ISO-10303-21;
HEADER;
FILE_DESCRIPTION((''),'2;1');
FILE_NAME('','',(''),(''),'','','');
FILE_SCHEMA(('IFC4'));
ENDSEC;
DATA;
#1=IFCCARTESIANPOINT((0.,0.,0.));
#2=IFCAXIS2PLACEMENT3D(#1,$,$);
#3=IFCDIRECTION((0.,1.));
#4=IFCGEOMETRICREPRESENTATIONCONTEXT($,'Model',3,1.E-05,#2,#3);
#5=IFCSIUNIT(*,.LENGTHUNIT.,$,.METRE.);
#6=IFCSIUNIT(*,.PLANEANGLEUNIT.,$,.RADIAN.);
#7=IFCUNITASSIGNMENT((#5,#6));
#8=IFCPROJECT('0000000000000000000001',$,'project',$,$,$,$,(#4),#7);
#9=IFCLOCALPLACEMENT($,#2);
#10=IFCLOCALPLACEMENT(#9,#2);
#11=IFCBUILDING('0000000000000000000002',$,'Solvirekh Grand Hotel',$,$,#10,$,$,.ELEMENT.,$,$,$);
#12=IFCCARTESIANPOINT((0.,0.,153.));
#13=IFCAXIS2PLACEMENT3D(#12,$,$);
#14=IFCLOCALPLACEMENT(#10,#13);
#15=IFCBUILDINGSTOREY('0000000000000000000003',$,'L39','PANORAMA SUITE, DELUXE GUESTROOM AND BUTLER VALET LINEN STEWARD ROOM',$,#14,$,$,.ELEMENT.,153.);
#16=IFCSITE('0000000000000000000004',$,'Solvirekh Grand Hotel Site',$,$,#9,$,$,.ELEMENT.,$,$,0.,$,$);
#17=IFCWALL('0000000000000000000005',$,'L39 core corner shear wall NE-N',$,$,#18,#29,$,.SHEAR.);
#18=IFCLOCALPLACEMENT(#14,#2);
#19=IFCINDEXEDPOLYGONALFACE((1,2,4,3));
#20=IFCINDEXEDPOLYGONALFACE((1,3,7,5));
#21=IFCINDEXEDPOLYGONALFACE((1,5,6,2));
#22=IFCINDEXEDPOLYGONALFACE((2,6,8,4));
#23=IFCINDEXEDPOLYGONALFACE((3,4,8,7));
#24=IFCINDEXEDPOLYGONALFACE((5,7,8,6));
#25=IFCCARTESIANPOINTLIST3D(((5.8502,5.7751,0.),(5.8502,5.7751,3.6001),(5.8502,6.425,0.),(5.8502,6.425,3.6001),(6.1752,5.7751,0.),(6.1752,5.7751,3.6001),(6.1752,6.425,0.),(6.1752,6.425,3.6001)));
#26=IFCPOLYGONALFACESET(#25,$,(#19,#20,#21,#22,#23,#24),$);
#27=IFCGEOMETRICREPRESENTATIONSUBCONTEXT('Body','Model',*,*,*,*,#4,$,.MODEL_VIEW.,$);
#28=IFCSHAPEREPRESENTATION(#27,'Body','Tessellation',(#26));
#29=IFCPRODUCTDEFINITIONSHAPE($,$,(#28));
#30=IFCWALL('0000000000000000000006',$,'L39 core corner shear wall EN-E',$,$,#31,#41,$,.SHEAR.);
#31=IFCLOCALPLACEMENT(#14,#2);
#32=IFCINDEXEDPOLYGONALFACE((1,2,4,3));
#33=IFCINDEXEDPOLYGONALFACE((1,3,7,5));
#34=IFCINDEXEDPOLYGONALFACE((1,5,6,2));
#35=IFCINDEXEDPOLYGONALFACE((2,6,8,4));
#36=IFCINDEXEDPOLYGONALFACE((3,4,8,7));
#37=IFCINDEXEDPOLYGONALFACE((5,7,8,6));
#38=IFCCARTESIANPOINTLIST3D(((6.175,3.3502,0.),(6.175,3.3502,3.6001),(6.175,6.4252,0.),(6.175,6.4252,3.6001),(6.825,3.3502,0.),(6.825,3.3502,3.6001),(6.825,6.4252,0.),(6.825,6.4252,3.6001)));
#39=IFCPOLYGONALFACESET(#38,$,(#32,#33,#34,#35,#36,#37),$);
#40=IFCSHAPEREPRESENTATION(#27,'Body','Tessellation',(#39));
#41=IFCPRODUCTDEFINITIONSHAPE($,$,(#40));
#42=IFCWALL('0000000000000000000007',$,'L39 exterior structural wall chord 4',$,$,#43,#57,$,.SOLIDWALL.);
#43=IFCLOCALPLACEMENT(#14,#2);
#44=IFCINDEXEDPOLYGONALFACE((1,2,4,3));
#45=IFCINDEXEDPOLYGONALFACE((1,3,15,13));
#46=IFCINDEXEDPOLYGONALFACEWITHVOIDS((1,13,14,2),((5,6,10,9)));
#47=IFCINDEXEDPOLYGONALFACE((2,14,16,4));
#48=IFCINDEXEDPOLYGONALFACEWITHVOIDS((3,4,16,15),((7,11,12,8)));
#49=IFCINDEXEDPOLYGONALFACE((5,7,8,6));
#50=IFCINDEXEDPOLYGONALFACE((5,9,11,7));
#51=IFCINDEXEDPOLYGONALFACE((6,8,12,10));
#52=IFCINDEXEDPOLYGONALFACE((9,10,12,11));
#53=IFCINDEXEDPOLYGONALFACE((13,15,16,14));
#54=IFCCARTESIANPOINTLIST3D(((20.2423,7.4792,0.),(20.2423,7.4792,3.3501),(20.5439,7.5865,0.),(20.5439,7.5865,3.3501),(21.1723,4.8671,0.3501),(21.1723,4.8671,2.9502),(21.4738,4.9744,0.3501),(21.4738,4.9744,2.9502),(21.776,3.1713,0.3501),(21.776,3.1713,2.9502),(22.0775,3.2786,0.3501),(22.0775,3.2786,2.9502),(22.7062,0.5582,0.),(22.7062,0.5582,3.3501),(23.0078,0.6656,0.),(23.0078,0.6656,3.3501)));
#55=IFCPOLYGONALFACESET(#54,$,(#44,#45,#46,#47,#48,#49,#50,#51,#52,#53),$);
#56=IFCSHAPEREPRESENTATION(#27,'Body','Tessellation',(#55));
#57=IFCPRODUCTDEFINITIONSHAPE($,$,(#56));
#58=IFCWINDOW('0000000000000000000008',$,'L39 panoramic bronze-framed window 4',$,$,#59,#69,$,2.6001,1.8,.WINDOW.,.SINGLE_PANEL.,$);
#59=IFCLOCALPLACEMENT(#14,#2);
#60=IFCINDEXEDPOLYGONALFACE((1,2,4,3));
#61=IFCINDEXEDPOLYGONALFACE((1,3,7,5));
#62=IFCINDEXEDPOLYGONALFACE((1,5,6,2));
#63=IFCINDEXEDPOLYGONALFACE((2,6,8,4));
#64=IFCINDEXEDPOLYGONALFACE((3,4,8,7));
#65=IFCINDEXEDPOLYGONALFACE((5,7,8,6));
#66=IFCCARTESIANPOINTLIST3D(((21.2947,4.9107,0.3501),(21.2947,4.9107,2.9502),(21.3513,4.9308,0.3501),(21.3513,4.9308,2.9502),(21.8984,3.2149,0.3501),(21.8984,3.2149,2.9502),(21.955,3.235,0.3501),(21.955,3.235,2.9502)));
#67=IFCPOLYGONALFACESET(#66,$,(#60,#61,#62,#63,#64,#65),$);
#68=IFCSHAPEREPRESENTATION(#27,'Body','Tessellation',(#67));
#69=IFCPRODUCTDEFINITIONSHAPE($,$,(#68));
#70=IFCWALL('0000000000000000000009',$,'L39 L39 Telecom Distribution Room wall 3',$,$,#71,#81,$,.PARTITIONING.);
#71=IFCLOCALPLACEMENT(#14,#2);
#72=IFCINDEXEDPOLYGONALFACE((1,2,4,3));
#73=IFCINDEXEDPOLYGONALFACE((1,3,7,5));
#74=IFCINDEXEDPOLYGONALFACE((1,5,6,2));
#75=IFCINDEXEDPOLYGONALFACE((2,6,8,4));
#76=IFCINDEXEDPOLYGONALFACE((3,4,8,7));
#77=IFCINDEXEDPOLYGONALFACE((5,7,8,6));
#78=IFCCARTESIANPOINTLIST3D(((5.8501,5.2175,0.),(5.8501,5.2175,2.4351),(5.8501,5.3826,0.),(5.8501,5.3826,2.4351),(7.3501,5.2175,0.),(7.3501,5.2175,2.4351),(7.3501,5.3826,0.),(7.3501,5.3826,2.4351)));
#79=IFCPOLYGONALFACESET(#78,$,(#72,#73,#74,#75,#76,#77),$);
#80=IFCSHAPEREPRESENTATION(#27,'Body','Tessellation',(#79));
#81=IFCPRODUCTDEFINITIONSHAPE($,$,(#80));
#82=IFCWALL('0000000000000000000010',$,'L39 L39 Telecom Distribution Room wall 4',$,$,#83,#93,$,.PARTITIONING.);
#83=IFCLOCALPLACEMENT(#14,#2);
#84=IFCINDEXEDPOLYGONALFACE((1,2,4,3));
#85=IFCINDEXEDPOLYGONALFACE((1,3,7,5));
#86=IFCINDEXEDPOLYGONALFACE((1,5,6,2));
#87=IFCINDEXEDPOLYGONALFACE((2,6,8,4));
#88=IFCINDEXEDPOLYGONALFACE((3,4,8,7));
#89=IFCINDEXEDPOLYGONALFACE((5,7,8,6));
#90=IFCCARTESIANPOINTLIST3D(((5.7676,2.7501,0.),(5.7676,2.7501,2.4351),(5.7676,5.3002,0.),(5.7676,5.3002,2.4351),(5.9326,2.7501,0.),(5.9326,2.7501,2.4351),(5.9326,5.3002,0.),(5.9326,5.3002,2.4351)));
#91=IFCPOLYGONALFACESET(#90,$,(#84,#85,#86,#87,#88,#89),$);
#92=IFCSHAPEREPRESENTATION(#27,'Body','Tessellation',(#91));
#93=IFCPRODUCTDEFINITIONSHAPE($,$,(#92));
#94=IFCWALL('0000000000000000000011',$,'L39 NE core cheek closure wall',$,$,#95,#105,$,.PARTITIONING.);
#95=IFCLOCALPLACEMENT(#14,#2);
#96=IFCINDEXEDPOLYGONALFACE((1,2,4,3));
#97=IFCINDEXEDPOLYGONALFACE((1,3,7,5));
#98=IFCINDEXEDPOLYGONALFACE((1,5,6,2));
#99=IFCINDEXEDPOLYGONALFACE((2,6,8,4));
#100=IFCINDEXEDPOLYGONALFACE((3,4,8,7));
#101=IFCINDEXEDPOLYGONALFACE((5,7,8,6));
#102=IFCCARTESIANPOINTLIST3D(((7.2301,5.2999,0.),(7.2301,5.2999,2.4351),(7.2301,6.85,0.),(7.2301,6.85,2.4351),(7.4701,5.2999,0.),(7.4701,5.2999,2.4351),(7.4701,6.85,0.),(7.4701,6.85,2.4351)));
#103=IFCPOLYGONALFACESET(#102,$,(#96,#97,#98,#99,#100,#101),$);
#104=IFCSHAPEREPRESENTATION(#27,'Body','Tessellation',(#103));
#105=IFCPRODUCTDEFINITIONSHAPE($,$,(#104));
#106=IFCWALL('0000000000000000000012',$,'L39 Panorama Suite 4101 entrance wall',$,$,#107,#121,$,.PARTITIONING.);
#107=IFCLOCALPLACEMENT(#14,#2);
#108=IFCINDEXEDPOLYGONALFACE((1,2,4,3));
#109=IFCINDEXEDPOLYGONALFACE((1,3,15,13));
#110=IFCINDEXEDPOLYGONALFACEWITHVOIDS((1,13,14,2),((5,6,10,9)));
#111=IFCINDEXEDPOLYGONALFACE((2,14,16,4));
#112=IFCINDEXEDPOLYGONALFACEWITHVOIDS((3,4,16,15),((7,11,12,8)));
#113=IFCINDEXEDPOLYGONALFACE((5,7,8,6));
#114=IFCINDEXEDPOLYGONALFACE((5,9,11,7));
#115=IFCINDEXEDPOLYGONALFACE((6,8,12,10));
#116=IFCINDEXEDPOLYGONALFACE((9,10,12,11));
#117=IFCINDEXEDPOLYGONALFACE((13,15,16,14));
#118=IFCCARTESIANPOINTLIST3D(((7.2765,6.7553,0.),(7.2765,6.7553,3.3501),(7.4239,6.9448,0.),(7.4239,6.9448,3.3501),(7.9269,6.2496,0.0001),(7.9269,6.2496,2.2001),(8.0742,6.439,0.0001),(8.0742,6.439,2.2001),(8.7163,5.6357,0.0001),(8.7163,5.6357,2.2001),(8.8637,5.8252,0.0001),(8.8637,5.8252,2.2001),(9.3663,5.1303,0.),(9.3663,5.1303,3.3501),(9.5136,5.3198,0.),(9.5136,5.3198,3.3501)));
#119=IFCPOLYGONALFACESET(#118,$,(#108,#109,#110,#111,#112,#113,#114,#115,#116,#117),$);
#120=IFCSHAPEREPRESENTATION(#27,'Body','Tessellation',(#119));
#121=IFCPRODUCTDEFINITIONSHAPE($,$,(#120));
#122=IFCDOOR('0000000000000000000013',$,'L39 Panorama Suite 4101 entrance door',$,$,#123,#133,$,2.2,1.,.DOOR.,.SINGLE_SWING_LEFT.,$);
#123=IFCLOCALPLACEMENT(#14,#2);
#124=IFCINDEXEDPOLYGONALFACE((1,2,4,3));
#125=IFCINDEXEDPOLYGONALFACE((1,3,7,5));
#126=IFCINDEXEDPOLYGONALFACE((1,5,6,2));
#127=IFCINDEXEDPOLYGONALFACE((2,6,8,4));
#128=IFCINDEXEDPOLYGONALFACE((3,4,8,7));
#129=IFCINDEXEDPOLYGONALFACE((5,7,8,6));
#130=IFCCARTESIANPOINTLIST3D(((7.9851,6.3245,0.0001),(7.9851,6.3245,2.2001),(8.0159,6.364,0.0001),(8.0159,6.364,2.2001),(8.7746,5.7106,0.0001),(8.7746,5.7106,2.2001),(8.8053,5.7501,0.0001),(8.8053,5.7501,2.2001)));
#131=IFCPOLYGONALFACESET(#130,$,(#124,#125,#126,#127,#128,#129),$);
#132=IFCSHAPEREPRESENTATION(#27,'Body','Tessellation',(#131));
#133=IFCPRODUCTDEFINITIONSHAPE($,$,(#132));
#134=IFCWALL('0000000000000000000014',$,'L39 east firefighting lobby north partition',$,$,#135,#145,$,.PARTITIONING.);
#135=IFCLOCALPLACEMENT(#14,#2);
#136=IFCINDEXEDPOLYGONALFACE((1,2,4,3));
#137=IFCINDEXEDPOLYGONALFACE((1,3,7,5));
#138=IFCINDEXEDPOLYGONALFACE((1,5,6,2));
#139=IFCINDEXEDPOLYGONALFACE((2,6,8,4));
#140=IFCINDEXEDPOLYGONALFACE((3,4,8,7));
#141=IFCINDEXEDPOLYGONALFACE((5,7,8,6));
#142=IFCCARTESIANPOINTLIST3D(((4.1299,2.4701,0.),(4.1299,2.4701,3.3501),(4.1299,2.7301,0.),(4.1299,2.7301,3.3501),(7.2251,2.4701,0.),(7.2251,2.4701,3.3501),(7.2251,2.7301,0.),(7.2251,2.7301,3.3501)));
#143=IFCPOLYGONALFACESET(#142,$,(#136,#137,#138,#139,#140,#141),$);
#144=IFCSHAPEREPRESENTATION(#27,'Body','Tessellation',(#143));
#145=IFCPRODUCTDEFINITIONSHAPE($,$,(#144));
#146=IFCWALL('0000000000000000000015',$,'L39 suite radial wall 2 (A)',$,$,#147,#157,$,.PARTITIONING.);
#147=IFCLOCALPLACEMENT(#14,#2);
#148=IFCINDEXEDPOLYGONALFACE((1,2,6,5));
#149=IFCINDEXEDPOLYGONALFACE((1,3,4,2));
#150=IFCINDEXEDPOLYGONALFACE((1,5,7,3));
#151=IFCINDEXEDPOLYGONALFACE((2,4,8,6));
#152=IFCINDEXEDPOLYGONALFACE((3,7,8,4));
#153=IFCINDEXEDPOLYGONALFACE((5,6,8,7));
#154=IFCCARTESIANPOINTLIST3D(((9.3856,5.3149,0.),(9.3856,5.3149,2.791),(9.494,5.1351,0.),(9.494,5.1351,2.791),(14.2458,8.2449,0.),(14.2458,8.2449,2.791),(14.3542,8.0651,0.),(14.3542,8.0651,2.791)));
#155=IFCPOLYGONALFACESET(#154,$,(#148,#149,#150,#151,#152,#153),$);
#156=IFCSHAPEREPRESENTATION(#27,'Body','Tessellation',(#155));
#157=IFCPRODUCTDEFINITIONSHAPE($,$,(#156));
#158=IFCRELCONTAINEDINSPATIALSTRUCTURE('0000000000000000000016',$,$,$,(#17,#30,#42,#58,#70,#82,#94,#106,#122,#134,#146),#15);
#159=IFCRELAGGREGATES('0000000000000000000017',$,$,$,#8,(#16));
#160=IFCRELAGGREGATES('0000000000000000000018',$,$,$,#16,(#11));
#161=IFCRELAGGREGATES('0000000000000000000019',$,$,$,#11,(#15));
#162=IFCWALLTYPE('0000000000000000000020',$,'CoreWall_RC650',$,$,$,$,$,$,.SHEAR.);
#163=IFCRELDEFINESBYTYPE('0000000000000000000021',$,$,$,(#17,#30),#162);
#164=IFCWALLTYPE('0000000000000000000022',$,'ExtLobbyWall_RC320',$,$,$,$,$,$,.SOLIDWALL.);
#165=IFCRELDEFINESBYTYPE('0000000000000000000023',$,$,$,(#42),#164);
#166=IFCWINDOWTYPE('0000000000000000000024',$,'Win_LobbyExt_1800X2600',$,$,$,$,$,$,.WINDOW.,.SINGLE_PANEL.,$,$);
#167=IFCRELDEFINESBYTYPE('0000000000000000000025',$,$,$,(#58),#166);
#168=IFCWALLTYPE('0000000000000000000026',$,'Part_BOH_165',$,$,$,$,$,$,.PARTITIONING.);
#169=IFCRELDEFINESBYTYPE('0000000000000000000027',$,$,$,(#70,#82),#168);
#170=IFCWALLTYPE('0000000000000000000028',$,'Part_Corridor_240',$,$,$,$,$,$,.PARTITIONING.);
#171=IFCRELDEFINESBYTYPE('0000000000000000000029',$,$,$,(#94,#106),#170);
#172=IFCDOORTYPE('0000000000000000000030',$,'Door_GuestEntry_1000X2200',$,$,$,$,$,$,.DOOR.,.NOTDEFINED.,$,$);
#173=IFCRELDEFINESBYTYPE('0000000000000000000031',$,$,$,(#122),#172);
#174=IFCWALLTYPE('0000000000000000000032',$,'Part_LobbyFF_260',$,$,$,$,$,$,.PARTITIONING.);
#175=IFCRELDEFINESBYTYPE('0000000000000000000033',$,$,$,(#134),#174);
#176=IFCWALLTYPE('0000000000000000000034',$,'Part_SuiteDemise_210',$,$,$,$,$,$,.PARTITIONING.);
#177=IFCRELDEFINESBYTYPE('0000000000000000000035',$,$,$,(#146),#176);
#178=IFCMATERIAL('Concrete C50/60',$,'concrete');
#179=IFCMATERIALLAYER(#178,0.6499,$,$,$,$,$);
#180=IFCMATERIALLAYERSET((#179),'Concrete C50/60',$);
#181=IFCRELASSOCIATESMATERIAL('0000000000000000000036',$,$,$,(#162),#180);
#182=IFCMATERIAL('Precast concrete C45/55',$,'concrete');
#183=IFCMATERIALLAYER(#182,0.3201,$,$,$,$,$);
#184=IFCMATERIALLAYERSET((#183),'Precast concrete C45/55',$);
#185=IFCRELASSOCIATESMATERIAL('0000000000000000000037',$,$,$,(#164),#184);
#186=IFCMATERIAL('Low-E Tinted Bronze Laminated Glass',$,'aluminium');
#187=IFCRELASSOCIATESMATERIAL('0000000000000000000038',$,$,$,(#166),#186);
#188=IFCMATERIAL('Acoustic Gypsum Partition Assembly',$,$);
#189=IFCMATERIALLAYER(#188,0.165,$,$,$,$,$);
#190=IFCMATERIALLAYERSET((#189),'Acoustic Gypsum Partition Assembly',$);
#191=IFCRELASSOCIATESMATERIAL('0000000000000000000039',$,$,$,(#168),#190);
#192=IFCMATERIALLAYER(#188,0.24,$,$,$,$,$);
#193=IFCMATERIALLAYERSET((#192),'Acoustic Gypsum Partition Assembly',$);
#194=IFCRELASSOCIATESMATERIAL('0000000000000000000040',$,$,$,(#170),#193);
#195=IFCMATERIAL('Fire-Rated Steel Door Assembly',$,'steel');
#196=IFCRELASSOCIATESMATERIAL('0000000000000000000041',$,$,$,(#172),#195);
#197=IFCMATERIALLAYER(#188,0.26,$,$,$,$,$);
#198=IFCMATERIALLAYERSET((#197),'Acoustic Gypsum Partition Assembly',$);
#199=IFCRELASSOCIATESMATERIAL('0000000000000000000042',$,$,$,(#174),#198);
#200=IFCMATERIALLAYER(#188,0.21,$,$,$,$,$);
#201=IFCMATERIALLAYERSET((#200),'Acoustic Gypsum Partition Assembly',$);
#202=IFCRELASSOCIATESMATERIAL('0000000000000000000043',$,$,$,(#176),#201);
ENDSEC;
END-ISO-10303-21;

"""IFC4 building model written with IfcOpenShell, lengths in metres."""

from ifc_helpers import new_model, si_unit, direction, frame, frame_2d, origin, place, context, subcontext, project, spatial, rectangle, extrude, material, layer, layer_set, type_object, element, fill, save


model = new_model("IFC4")

# Units and contexts
model_context = context("Model", 3, precision=1e-05, world=origin(), true_north=direction((0.0, 1.0)))
body_context = subcontext(model_context, "Body", "Model", "MODEL_VIEW")
ifc_project = project(units=[si_unit("LENGTHUNIT", "METRE"), si_unit("PLANEANGLEUNIT", "RADIAN")], contexts=[model_context])

# Site, building, storey
site_placement = place(None, origin())
site = spatial("IfcSite", under=ifc_project, at=site_placement, Name="Solvirekh Grand Hotel Site", CompositionType="ELEMENT", RefElevation=0.0)
building_placement = place(site_placement, origin())
building = spatial("IfcBuilding", under=site, at=building_placement, Name="Solvirekh Grand Hotel", CompositionType="ELEMENT")
storey_placement = place(building_placement, frame((0.0, 0.0, 153.0)))
storey = spatial("IfcBuildingStorey", under=building, at=storey_placement, Name="L39", Description="PANORAMA SUITE, DELUXE GUESTROOM AND BUTLER VALET LINEN STEWARD ROOM", CompositionType="ELEMENT", Elevation=153.0)

# Shared definitions
ifc_material_1 = material(Name="Concrete C50/60", Category="concrete")

# Walls
ifc_layer_1 = layer(ifc_material_1, 0.6499)
ifc_layer_set_1 = layer_set([ifc_layer_1], Name="Concrete C50/60")
wall_type_1 = type_object("IfcWallType", Name="CoreWall_RC650", PredefinedType="SHEAR", material=ifc_layer_set_1)
wall_1_placement = place(storey_placement, frame((5.8501, 6.1001, 0.0), z_axis=(0.0, 0.0, 1.0), x_axis=(1.0, 0.0, 0.0)))
element("IfcWall", 1, at=wall_1_placement, inside=storey, type_object=wall_type_1, Name="L39 core corner shear wall NE-N", PredefinedType="SHEAR", context=body_context, shape_type="SweptSolid", body=[
    extrude(rectangle(XDim=0.325, YDim=0.6499, at=frame_2d((0.1626, 0.0))), origin(), (0.0, 0.0, 1.0), 3.6001),
])
wall_2_placement = place(storey_placement, frame((6.5, 3.3501, 0.0), z_axis=(0.0, 0.0, 1.0), x_axis=(0.0, 1.0, 0.0)))
element("IfcWall", 2, at=wall_2_placement, inside=storey, type_object=wall_type_1, Name="L39 core corner shear wall EN-E", PredefinedType="SHEAR", context=body_context, shape_type="SweptSolid", body=[
    extrude(rectangle(XDim=3.075, YDim=0.6499, at=frame_2d((1.5376, 0.0))), origin(), (0.0, 0.0, 1.0), 3.6001),
])

# Wall, opening, window
ifc_material_2 = material(Name="Precast concrete C45/55", Category="concrete")
ifc_layer_2 = layer(ifc_material_2, 0.3201)
ifc_layer_set_2 = layer_set([ifc_layer_2], Name="Precast concrete C45/55")
wall_type_2 = type_object("IfcWallType", Name="ExtLobbyWall_RC320", PredefinedType="SOLIDWALL", material=ifc_layer_set_2)
wall_3_placement = place(storey_placement, frame((20.3931, 7.533, 0.0), z_axis=(0.0, 0.0, 1.0), x_axis=(0.335385, -0.942081, 0.0)))
wall_3 = element("IfcWall", 3, at=wall_3_placement, inside=storey, type_object=wall_type_2, Name="L39 exterior structural wall chord 4", PredefinedType="SOLIDWALL", context=body_context, shape_type="SweptSolid", body=[
    extrude(rectangle(XDim=7.3464, YDim=0.3201, at=frame_2d((3.6733, 0.0))), origin(), (0.0, 0.0, 1.0), 3.3501),
])
opening_1_placement = place(wall_3_placement, frame((2.7729, 0.0, 0.3501)))
opening_1 = element("IfcOpeningElement", 4, at=opening_1_placement, cuts=wall_3, PredefinedType="OPENING", context=body_context, shape_type="SweptSolid", body=[
    extrude(rectangle(XDim=1.8, YDim=2.6001, at=frame_2d((0.8999, 1.3))), frame((0.0, 0.1699, 0.0), z_axis=(0.0, -1.0, 0.0), x_axis=(1.0, 0.0, 0.0)), (0.0, 0.0, 1.0), 0.3401),
])
ifc_material_3 = material(Name="Low-E Tinted Bronze Laminated Glass", Category="aluminium")
window_type = type_object("IfcWindowType", Name="Win_LobbyExt_1800X2600", PartitioningType="SINGLE_PANEL", PredefinedType="WINDOW", material=ifc_material_3)
window_placement = place(opening_1_placement, origin())
window = element("IfcWindow", 5, at=window_placement, inside=storey, type_object=window_type, Name="L39 panoramic bronze-framed window 4", OverallHeight=2.6001, OverallWidth=1.8, PartitioningType="SINGLE_PANEL", PredefinedType="WINDOW", context=body_context, shape_type="SweptSolid", body=[
    extrude(rectangle(XDim=1.8, YDim=2.6001, at=frame_2d((0.8999, 1.3))), frame((0.0, 0.03, 0.0), z_axis=(0.0, -1.0, 0.0), x_axis=(1.0, 0.0, 0.0)), (0.0, 0.0, 1.0), 0.0601),
])
fill(opening_1, window)

# Shared definitions
ifc_material_4 = material(Name="Acoustic Gypsum Partition Assembly")
ifc_layer_3 = layer(ifc_material_4, 0.165)
ifc_layer_set_3 = layer_set([ifc_layer_3], Name="Acoustic Gypsum Partition Assembly")
wall_type_3 = type_object("IfcWallType", Name="Part_BOH_165", PredefinedType="PARTITIONING", material=ifc_layer_set_3)
ifc_material_5 = material(Name="Fire-Rated Steel Door Assembly", Category="steel")

# Walls
wall_4_placement = place(storey_placement, frame((7.3501, 5.3, 0.0), z_axis=(0.0, 0.0, 1.0), x_axis=(-1.0, 0.0, 0.0)))
element("IfcWall", 6, at=wall_4_placement, inside=storey, type_object=wall_type_3, Name="L39 L39 Telecom Distribution Room wall 3", PredefinedType="PARTITIONING", context=body_context, shape_type="SweptSolid", body=[
    extrude(rectangle(XDim=1.5, YDim=0.165, at=frame_2d((0.75, 0.0))), origin(), (0.0, 0.0, 1.0), 2.4351),
])
wall_5_placement = place(storey_placement, frame((5.8501, 5.3, 0.0), z_axis=(0.0, 0.0, 1.0), x_axis=(0.0, -1.0, 0.0)))
element("IfcWall", 7, at=wall_5_placement, inside=storey, type_object=wall_type_3, Name="L39 L39 Telecom Distribution Room wall 4", PredefinedType="PARTITIONING", context=body_context, shape_type="SweptSolid", body=[
    extrude(rectangle(XDim=2.55, YDim=0.165, at=frame_2d((1.2749, 0.0))), origin(), (0.0, 0.0, 1.0), 2.4351),
])
ifc_layer_4 = layer(ifc_material_4, 0.24)
ifc_layer_set_4 = layer_set([ifc_layer_4], Name="Acoustic Gypsum Partition Assembly")
wall_type_4 = type_object("IfcWallType", Name="Part_Corridor_240", PredefinedType="PARTITIONING", material=ifc_layer_set_4)
wall_6_placement = place(storey_placement, frame((7.3501, 5.3, 0.0), z_axis=(0.0, 0.0, 1.0), x_axis=(0.0, 1.0, 0.0)))
element("IfcWall", 8, at=wall_6_placement, inside=storey, type_object=wall_type_4, Name="L39 NE core cheek closure wall", PredefinedType="PARTITIONING", context=body_context, shape_type="SweptSolid", body=[
    extrude(rectangle(XDim=1.55, YDim=0.24, at=frame_2d((0.7749, 0.0))), origin(), (0.0, 0.0, 1.0), 2.4351),
])

# Wall, opening, door
wall_7_placement = place(storey_placement, frame((7.3501, 6.8501, 0.0), z_axis=(0.0, 0.0, 1.0), x_axis=(0.789432, -0.613838, 0.0)))
wall_7 = element("IfcWall", 9, at=wall_7_placement, inside=storey, type_object=wall_type_4, Name="L39 Panorama Suite 4101 entrance wall", PredefinedType="PARTITIONING", context=body_context, shape_type="SweptSolid", body=[
    extrude(rectangle(XDim=2.6472, YDim=0.24, at=frame_2d((1.3237, 0.0))), origin(), (0.0, 0.0, 1.0), 3.3501),
])
opening_2_placement = place(wall_7_placement, frame((0.824, 0.0, 0.0)))
opening_2 = element("IfcOpeningElement", 10, at=opening_2_placement, cuts=wall_7, PredefinedType="OPENING", context=body_context, shape_type="SweptSolid", body=[
    extrude(rectangle(XDim=1.0, YDim=2.2, at=frame_2d((0.5, 1.1001))), frame((0.0, 0.1299, 0.0), z_axis=(0.0, -1.0, 0.0), x_axis=(1.0, 0.0, 0.0)), (0.0, 0.0, 1.0), 0.26),
])
door_type_1 = type_object("IfcDoorType", Name="Door_GuestEntry_1000X2200", OperationType="NOTDEFINED", PredefinedType="DOOR", material=ifc_material_5)
door_1_placement = place(opening_2_placement, origin())
door_1 = element("IfcDoor", 11, at=door_1_placement, inside=storey, type_object=door_type_1, Name="L39 Panorama Suite 4101 entrance door", OperationType="SINGLE_SWING_LEFT", OverallHeight=2.2, OverallWidth=1.0, PredefinedType="DOOR", context=body_context, shape_type="SweptSolid", body=[
    extrude(rectangle(XDim=1.0, YDim=2.2, at=frame_2d((0.5, 1.1001))), frame((0.0, 0.0249, 0.0), z_axis=(0.0, -1.0, 0.0), x_axis=(1.0, 0.0, 0.0)), (0.0, 0.0, 1.0), 0.05),
])
fill(opening_2, door_1)

# Walls
ifc_layer_5 = layer(ifc_material_4, 0.26)
ifc_layer_set_5 = layer_set([ifc_layer_5], Name="Acoustic Gypsum Partition Assembly")
wall_type_5 = type_object("IfcWallType", Name="Part_LobbyFF_260", PredefinedType="PARTITIONING", material=ifc_layer_set_5)
wall_8_placement = place(storey_placement, frame((4.1299, 2.6001, 0.0), z_axis=(0.0, 0.0, 1.0), x_axis=(1.0, 0.0, 0.0)))
element("IfcWall", 12, at=wall_8_placement, inside=storey, type_object=wall_type_5, Name="L39 east firefighting lobby north partition", PredefinedType="PARTITIONING", context=body_context, shape_type="SweptSolid", body=[
    extrude(rectangle(XDim=3.0952, YDim=0.26, at=frame_2d((1.5476, 0.0))), origin(), (0.0, 0.0, 1.0), 3.3501),
])
ifc_layer_6 = layer(ifc_material_4, 0.21)
ifc_layer_set_6 = layer_set([ifc_layer_6], Name="Acoustic Gypsum Partition Assembly")
wall_type_6 = type_object("IfcWallType", Name="Part_SuiteDemise_210", PredefinedType="PARTITIONING", material=ifc_layer_set_6)
wall_9_placement = place(storey_placement, frame((9.4399, 5.2251, 0.0), z_axis=(0.0, 0.0, 1.0), x_axis=(0.856413, 0.516291, 0.0)))
element("IfcWall", 13, at=wall_9_placement, inside=storey, type_object=wall_type_6, Name="L39 suite radial wall 2 (A)", PredefinedType="PARTITIONING", context=body_context, shape_type="SweptSolid", body=[
    extrude(rectangle(XDim=5.675, YDim=0.21, at=frame_2d((2.8374, 0.0))), origin(), (0.0, 0.0, 1.0), 2.791),
])

save(model, "model.ifc")
